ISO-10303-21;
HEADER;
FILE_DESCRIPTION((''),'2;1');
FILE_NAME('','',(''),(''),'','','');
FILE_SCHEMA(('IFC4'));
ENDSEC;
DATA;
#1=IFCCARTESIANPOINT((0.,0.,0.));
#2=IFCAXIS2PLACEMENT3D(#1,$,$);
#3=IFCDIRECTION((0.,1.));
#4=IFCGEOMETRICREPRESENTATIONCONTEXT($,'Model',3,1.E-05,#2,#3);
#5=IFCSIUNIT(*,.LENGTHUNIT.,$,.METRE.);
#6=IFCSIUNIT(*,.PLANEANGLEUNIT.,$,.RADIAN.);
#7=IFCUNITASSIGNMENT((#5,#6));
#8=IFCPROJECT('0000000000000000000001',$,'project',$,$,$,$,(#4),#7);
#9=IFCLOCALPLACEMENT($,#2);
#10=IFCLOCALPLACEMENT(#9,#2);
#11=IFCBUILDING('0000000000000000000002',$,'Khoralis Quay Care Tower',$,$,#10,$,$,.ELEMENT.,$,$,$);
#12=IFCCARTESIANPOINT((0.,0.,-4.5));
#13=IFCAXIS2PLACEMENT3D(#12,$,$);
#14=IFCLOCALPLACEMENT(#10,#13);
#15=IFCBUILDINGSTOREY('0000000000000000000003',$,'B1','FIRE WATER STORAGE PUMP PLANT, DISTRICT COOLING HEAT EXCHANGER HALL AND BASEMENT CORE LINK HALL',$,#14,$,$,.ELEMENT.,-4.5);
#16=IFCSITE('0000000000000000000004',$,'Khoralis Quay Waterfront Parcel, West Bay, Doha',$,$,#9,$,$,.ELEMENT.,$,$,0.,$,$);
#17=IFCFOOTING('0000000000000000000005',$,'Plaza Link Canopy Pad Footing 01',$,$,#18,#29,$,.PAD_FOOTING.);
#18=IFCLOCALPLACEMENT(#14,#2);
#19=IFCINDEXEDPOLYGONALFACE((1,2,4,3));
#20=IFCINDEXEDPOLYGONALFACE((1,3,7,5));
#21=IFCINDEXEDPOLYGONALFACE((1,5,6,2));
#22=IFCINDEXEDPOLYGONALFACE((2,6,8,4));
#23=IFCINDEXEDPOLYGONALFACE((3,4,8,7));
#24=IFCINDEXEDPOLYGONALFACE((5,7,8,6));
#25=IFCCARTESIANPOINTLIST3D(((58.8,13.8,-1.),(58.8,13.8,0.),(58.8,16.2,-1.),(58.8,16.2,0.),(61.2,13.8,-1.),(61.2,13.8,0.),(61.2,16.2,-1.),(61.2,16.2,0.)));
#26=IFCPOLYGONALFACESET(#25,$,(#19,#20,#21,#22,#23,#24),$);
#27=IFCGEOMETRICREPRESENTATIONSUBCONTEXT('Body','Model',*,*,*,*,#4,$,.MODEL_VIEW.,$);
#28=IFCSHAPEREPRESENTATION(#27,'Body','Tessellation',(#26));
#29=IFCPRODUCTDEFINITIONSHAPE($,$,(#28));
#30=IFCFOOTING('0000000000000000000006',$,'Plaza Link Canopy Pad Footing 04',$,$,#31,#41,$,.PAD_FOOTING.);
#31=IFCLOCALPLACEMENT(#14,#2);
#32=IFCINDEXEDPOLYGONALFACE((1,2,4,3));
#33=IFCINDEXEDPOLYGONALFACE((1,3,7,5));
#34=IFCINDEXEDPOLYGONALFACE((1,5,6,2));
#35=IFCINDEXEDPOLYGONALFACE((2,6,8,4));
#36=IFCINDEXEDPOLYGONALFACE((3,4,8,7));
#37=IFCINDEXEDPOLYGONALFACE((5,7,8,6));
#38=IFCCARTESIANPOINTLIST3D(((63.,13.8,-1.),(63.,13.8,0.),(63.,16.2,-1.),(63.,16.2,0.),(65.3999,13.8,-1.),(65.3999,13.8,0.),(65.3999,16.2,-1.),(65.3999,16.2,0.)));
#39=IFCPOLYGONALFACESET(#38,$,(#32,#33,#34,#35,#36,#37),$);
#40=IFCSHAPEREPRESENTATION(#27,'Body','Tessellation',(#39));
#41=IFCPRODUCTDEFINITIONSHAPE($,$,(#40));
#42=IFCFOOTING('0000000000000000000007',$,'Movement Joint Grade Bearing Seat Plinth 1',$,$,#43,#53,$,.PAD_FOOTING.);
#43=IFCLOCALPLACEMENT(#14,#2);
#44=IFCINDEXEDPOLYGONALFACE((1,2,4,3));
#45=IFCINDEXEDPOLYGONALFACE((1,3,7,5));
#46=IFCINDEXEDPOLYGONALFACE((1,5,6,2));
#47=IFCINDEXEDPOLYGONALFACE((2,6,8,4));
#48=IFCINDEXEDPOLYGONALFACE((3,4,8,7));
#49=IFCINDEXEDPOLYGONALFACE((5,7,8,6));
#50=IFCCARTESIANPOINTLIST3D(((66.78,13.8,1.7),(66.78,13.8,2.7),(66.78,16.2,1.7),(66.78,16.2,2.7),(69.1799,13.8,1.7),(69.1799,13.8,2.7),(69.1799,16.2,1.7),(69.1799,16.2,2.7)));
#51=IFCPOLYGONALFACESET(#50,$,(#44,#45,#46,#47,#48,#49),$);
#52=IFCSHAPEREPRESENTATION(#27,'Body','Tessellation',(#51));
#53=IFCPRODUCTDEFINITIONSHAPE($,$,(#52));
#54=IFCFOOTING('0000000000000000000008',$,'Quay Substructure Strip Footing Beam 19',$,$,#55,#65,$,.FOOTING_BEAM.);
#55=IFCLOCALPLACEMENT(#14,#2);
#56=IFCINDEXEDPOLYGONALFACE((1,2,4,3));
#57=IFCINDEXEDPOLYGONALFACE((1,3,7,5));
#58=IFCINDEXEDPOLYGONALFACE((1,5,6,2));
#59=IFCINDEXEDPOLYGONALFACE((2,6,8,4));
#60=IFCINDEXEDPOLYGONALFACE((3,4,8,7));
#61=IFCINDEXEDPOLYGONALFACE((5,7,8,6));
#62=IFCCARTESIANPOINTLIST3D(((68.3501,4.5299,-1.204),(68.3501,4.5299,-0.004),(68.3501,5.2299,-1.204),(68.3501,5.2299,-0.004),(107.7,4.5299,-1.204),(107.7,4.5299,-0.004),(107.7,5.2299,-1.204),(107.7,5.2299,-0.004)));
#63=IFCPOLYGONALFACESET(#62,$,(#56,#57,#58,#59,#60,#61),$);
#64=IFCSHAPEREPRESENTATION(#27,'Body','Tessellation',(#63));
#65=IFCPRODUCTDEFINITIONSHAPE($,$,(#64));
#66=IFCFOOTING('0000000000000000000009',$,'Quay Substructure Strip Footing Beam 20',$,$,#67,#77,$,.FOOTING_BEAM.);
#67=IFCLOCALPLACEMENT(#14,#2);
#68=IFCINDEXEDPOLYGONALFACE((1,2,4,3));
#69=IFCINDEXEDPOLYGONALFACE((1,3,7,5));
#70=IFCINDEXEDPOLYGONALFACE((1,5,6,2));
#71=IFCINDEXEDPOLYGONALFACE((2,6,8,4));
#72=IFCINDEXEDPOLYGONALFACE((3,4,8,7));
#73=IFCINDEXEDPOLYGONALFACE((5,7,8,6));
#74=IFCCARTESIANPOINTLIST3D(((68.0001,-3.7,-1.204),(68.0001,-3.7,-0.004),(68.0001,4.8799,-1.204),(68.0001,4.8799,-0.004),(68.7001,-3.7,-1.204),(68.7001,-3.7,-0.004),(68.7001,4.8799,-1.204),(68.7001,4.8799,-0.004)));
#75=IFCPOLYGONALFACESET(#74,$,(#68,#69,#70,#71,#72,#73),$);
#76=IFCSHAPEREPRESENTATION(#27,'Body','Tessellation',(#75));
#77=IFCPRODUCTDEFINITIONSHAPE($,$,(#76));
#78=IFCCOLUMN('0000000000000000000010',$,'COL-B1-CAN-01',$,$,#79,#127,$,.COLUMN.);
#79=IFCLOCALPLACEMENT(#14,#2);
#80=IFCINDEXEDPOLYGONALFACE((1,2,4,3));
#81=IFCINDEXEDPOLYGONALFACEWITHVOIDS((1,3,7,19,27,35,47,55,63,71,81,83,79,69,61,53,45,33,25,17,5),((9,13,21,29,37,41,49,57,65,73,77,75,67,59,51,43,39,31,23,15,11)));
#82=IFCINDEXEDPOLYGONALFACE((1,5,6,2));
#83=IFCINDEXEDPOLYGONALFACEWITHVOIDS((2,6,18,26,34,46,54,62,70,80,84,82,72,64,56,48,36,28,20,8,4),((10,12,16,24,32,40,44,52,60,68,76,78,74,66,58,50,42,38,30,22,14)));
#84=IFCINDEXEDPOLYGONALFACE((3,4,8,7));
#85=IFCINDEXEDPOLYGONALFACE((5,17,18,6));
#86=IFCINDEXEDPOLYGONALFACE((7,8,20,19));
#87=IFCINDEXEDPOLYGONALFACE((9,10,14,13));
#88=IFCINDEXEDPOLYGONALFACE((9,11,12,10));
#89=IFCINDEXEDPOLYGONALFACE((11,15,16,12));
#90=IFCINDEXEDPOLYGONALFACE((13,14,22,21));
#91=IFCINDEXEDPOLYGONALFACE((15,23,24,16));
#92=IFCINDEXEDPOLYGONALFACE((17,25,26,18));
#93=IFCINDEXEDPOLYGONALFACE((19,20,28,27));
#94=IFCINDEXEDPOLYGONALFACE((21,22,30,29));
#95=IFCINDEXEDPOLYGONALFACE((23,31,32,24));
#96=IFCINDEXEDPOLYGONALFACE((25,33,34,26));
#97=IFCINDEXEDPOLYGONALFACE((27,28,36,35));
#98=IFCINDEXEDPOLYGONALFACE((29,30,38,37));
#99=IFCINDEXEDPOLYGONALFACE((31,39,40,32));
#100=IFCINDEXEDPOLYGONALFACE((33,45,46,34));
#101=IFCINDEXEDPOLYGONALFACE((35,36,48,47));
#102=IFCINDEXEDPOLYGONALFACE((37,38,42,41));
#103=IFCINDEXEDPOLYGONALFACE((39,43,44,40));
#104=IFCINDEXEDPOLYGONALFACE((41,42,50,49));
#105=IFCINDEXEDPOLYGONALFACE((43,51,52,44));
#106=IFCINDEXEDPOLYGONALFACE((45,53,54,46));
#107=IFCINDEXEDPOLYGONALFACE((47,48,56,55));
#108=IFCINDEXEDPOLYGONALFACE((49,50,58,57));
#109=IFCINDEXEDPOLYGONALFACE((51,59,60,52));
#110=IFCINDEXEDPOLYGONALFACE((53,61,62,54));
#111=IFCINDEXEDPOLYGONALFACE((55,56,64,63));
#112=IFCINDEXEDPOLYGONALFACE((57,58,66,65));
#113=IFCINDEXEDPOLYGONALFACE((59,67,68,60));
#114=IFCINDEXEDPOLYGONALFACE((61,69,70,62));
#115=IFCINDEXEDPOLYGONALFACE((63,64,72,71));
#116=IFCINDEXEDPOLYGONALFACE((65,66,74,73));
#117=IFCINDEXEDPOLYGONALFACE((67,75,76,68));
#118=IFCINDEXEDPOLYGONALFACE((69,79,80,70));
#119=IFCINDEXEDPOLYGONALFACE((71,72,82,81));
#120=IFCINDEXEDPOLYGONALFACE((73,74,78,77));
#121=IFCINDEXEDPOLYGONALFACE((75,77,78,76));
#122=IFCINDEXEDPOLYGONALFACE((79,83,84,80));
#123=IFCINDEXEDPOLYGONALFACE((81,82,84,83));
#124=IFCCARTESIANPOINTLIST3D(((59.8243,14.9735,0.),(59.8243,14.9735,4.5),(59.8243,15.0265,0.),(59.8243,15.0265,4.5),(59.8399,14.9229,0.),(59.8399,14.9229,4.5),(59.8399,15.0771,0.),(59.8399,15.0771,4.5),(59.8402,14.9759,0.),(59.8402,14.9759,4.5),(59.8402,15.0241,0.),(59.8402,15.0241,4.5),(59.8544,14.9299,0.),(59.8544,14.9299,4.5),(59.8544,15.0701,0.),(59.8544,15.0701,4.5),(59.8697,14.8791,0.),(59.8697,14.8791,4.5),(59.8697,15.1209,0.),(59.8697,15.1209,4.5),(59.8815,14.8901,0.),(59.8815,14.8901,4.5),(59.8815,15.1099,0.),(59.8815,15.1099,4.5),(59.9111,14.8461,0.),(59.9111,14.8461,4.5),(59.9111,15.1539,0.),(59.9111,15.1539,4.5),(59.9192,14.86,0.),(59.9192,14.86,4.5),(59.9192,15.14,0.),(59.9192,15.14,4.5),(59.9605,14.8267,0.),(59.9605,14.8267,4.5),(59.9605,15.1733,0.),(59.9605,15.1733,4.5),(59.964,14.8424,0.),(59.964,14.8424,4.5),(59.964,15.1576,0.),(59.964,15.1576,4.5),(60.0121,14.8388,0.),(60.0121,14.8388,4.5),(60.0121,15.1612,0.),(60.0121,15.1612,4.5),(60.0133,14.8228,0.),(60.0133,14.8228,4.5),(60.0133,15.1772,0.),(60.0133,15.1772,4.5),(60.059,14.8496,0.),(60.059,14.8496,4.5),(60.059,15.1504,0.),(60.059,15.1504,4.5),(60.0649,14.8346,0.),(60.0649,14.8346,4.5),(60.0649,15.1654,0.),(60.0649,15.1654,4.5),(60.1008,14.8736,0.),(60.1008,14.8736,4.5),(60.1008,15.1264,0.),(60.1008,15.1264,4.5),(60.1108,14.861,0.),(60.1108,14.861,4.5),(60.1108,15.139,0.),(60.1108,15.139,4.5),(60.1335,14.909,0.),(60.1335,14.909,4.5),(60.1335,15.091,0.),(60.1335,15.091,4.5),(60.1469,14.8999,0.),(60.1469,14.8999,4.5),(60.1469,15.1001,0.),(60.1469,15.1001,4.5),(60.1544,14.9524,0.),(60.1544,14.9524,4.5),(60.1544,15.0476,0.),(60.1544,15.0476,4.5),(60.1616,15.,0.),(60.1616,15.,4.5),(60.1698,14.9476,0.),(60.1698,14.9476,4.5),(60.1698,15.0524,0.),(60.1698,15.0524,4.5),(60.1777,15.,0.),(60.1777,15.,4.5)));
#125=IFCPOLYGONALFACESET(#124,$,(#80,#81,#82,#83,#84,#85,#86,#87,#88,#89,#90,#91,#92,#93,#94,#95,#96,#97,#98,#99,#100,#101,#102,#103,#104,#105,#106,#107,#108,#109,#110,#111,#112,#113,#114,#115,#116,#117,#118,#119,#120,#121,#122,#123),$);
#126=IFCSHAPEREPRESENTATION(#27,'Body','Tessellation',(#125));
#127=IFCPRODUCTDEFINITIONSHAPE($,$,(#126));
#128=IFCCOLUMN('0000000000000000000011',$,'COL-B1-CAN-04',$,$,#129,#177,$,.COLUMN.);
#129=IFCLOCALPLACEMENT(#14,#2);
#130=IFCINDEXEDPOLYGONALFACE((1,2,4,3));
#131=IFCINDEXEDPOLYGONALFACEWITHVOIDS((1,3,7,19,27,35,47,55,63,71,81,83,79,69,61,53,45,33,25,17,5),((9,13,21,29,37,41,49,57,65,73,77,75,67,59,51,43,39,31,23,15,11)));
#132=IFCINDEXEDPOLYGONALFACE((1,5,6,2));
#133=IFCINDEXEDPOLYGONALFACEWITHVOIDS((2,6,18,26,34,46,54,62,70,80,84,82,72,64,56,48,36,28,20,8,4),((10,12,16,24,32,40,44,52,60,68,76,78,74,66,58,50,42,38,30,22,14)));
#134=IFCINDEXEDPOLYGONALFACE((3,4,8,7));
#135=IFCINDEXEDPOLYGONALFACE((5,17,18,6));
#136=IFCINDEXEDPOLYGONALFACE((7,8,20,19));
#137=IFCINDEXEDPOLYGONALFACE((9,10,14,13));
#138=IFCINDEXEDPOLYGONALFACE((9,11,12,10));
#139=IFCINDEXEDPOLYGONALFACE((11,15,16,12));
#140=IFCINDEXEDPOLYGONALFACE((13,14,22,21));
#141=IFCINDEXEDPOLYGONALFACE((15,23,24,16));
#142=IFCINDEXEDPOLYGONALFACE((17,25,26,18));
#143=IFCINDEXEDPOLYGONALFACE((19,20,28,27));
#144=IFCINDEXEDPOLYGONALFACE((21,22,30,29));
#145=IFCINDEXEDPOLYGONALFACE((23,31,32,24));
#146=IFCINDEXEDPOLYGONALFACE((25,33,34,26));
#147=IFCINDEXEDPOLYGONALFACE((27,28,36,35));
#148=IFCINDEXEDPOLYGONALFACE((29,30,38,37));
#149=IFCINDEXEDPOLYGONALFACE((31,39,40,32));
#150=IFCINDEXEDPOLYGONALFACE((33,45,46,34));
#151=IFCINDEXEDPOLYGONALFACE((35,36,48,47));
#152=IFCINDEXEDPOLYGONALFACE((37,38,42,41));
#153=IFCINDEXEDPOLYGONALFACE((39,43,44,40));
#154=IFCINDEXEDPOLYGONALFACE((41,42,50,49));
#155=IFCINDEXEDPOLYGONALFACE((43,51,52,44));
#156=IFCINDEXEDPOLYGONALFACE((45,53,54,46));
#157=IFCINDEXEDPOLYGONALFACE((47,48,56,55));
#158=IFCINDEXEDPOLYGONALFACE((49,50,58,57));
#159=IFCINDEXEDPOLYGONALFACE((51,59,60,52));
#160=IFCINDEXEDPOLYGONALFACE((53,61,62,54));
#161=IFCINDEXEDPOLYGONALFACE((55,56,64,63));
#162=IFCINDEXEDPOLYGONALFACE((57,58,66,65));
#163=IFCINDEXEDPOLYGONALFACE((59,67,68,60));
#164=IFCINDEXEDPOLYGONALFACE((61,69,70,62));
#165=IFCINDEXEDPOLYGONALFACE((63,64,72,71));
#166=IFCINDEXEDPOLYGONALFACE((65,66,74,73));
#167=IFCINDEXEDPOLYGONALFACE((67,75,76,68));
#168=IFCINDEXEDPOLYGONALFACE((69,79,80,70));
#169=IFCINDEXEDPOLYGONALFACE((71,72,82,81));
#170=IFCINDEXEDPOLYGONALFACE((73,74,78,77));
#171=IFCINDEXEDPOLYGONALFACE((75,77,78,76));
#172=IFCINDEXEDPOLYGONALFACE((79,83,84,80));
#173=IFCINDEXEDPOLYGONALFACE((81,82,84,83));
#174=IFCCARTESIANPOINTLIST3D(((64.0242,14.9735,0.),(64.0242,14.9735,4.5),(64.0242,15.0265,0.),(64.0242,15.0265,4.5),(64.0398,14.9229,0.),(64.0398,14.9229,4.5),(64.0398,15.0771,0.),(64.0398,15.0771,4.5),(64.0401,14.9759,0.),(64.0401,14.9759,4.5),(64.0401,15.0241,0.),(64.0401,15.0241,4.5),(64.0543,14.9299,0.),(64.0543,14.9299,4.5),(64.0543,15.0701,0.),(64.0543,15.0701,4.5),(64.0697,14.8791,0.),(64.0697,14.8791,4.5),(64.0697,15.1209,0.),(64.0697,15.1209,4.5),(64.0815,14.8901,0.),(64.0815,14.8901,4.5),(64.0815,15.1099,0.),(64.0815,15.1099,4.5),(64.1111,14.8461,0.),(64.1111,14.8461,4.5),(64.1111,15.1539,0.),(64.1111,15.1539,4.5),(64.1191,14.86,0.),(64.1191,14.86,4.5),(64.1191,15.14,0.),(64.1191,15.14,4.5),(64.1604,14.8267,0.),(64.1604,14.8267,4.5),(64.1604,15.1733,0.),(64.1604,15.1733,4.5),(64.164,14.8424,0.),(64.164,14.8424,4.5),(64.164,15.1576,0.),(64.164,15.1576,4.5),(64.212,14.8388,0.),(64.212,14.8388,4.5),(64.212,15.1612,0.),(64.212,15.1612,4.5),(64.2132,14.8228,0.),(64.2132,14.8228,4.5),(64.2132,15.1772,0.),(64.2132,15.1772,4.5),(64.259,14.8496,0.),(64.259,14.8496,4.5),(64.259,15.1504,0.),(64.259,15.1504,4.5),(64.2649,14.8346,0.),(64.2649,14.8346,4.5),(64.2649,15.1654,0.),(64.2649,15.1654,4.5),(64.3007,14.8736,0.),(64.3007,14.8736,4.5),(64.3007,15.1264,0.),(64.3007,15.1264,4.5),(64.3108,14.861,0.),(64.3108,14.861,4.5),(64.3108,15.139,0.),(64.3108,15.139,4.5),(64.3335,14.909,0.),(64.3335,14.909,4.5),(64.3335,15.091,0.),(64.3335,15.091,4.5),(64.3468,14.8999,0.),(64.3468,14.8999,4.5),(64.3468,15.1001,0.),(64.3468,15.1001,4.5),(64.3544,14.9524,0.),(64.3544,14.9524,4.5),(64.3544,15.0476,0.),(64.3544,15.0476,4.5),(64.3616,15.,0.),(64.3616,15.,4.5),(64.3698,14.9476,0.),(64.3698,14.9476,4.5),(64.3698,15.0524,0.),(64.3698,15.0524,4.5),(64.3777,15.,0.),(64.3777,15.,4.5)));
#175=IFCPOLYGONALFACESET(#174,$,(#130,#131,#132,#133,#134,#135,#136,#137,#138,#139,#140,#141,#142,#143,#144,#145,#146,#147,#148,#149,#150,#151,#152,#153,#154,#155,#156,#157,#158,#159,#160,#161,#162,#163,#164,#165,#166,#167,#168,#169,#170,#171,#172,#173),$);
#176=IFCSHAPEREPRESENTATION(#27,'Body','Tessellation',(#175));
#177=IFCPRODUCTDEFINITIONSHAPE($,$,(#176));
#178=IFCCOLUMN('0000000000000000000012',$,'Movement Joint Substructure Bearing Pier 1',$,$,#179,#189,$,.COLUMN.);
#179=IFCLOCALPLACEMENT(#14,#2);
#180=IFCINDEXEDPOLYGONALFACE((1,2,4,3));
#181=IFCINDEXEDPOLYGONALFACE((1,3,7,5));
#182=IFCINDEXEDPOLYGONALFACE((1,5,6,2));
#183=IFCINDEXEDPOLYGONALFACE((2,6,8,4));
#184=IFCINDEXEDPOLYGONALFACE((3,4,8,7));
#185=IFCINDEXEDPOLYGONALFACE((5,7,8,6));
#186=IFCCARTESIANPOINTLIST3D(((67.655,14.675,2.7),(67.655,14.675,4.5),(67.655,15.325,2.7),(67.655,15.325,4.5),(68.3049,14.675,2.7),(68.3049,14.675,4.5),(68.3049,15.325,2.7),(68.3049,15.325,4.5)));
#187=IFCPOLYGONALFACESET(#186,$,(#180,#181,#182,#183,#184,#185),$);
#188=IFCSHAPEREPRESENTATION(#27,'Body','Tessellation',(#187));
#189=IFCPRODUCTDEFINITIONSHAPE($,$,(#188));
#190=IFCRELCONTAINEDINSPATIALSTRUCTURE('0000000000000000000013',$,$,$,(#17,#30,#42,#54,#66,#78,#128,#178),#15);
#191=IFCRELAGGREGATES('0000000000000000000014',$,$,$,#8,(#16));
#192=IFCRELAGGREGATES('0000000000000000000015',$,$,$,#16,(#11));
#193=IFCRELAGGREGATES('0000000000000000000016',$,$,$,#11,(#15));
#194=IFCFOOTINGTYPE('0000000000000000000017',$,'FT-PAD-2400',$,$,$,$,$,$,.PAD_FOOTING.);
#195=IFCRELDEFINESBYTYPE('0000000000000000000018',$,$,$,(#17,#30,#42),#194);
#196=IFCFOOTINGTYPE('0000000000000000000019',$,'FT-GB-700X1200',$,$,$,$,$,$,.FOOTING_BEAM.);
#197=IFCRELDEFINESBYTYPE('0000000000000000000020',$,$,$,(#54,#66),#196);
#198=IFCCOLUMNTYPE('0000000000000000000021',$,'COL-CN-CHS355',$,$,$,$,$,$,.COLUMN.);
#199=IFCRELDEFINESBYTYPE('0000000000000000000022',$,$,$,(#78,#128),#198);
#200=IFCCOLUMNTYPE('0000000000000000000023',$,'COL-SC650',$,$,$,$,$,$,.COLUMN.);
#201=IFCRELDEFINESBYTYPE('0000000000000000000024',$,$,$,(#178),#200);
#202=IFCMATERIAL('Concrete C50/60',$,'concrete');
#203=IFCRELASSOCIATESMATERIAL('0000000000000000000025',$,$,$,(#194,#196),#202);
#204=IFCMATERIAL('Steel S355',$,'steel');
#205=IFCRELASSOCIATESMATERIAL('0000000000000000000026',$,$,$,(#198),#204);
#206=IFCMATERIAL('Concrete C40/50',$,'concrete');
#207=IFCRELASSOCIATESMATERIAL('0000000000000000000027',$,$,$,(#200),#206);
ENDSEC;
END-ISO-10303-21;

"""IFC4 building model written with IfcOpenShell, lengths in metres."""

from ifc_helpers import new_model, si_unit, direction, frame, origin, origin_2d, place, context, subcontext, project, spatial, rectangle, hollow_circle, extrude, source, transform, mapped, material, material_profile, profile_set, type_object, element, save


model = new_model("IFC4")

# Units and contexts
model_context = context("Model", 3, precision=1e-05, world=origin(), true_north=direction((0.0, 1.0)))
body_context = subcontext(model_context, "Body", "Model", "MODEL_VIEW")
ifc_project = project(units=[si_unit("LENGTHUNIT", "METRE"), si_unit("PLANEANGLEUNIT", "RADIAN")], contexts=[model_context])

# Site, building, storey
site_placement = place(None, origin())
site = spatial("IfcSite", under=ifc_project, at=site_placement, Name="Khoralis Quay Waterfront Parcel, West Bay, Doha", CompositionType="ELEMENT", RefElevation=0.0)
building_placement = place(site_placement, origin())
building = spatial("IfcBuilding", under=site, at=building_placement, Name="Khoralis Quay Care Tower", CompositionType="ELEMENT")
storey_placement = place(building_placement, frame((0.0, 0.0, -4.5)))
storey = spatial("IfcBuildingStorey", under=building, at=storey_placement, Name="B1", Description="FIRE WATER STORAGE PUMP PLANT, DISTRICT COOLING HEAT EXCHANGER HALL AND BASEMENT CORE LINK HALL", CompositionType="ELEMENT", Elevation=-4.5)

# Shared definitions
ifc_material_1 = material(Name="Concrete C50/60", Category="concrete")

# Footings
footing_type_1 = type_object("IfcFootingType", Name="FT-PAD-2400", PredefinedType="PAD_FOOTING", material=ifc_material_1)
shared_shape_1 = source(origin(), body_context, "Body", "SweptSolid", [
    extrude(rectangle(XDim=2.3999, YDim=2.3999, at=origin_2d()), origin(), (0.0, 0.0, 1.0), 1.0),
])
for number, where, z_axis, x_axis, name in (
    (1, (60.0, 15.0, -1.0), (0.0, 0.0, 1.0), (1.0, 0.0, 0.0), "Plaza Link Canopy Pad Footing 01"),
    (2, (64.2, 15.0, -1.0), (0.0, 0.0, 1.0), (1.0, 0.0, 0.0), "Plaza Link Canopy Pad Footing 04"),
    (3, (67.98, 15.0, 1.7), (0.0, 0.0, 1.0), (1.0, 0.0, 0.0), "Movement Joint Grade Bearing Seat Plinth 1"),
):
    element("IfcFooting", number, at=place(storey_placement, frame(where, z_axis=z_axis, x_axis=x_axis)), inside=storey, type_object=footing_type_1, Name=name, PredefinedType="PAD_FOOTING", context=body_context, shape_type="MappedRepresentation", body=[
        mapped(shared_shape_1, transform((0.0, 0.0, 0.0), scale=1.0)),
    ])
ifc_material_profile_1 = material_profile(ifc_material_1, rectangle(XDim=0.7, YDim=1.2, at=origin_2d()), Name="Concrete C50/60")
ifc_profile_set_1 = profile_set([ifc_material_profile_1], Name="Concrete C50/60")
footing_type_2 = type_object("IfcFootingType", Name="FT-GB-700X1200", PredefinedType="FOOTING_BEAM", material=ifc_profile_set_1)
shared_shape_2 = source(origin(), body_context, "Body", "SweptSolid", [
    extrude(rectangle(XDim=0.7, YDim=1.2, at=origin_2d()), origin(), (0.0, 0.0, 1.0), 39.3499),
])
footing_1_placement = place(storey_placement, frame((68.3501, 4.8799, -0.604), z_axis=(1.0, 0.0, 0.0), x_axis=(0.0, 1.0, 0.0)))
element("IfcFooting", 4, at=footing_1_placement, inside=storey, type_object=footing_type_2, Name="Quay Substructure Strip Footing Beam 19", PredefinedType="FOOTING_BEAM", context=body_context, shape_type="MappedRepresentation", body=[
    mapped(shared_shape_2, transform((0.0, 0.0, 0.0), scale=1.0)),
])
shared_shape_3 = source(origin(), body_context, "Body", "SweptSolid", [
    extrude(rectangle(XDim=0.7, YDim=1.2, at=origin_2d()), origin(), (0.0, 0.0, 1.0), 8.5798),
])
footing_2_placement = place(storey_placement, frame((68.3501, -3.7, -0.604), z_axis=(0.0, 1.0, 0.0), x_axis=(-1.0, 0.0, 0.0)))
element("IfcFooting", 5, at=footing_2_placement, inside=storey, type_object=footing_type_2, Name="Quay Substructure Strip Footing Beam 20", PredefinedType="FOOTING_BEAM", context=body_context, shape_type="MappedRepresentation", body=[
    mapped(shared_shape_3, transform((0.0, 0.0, 0.0), scale=1.0)),
])

# Columns
ifc_material_2 = material(Name="Steel S355", Category="steel")
ifc_material_profile_2 = material_profile(ifc_material_2, hollow_circle(Radius=0.1777, WallThickness=0.0161, at=origin_2d()), Name="Steel S355")
ifc_profile_set_2 = profile_set([ifc_material_profile_2], Name="Steel S355")
column_type_1 = type_object("IfcColumnType", Name="COL-CN-CHS355", PredefinedType="COLUMN", material=ifc_profile_set_2)
shared_shape_4 = source(origin(), body_context, "Body", "SweptSolid", [
    extrude(hollow_circle(Radius=0.1777, WallThickness=0.0161, at=origin_2d()), origin(), (0.0, 0.0, 1.0), 4.5),
])
for number, where, z_axis, x_axis, name in (
    (6, (60.0, 15.0, 0.0), (0.0, 0.0, 1.0), (1.0, 0.0, 0.0), "COL-B1-CAN-01"),
    (7, (64.2, 15.0, 0.0), (0.0, 0.0, 1.0), (1.0, 0.0, 0.0), "COL-B1-CAN-04"),
):
    element("IfcColumn", number, at=place(storey_placement, frame(where, z_axis=z_axis, x_axis=x_axis)), inside=storey, type_object=column_type_1, Name=name, PredefinedType="COLUMN", context=body_context, shape_type="MappedRepresentation", body=[
        mapped(shared_shape_4, transform((0.0, 0.0, 0.0), scale=1.0)),
    ])
ifc_material_3 = material(Name="Concrete C40/50", Category="concrete")
ifc_material_profile_3 = material_profile(ifc_material_3, rectangle(XDim=0.6499, YDim=0.6499, at=origin_2d()), Name="Concrete C40/50")
ifc_profile_set_3 = profile_set([ifc_material_profile_3], Name="Concrete C40/50")
column_type_2 = type_object("IfcColumnType", Name="COL-SC650", PredefinedType="COLUMN", material=ifc_profile_set_3)
shared_shape_5 = source(origin(), body_context, "Body", "SweptSolid", [
    extrude(rectangle(XDim=0.6499, YDim=0.6499, at=origin_2d()), origin(), (0.0, 0.0, 1.0), 1.8),
])
column_1_placement = place(storey_placement, frame((67.98, 15.0, 2.7), z_axis=(0.0, 0.0, 1.0), x_axis=(1.0, 0.0, 0.0)))
element("IfcColumn", 8, at=column_1_placement, inside=storey, type_object=column_type_2, Name="Movement Joint Substructure Bearing Pier 1", PredefinedType="COLUMN", context=body_context, shape_type="MappedRepresentation", body=[
    mapped(shared_shape_5, transform((0.0, 0.0, 0.0), scale=1.0)),
])

save(model, "model.ifc")
